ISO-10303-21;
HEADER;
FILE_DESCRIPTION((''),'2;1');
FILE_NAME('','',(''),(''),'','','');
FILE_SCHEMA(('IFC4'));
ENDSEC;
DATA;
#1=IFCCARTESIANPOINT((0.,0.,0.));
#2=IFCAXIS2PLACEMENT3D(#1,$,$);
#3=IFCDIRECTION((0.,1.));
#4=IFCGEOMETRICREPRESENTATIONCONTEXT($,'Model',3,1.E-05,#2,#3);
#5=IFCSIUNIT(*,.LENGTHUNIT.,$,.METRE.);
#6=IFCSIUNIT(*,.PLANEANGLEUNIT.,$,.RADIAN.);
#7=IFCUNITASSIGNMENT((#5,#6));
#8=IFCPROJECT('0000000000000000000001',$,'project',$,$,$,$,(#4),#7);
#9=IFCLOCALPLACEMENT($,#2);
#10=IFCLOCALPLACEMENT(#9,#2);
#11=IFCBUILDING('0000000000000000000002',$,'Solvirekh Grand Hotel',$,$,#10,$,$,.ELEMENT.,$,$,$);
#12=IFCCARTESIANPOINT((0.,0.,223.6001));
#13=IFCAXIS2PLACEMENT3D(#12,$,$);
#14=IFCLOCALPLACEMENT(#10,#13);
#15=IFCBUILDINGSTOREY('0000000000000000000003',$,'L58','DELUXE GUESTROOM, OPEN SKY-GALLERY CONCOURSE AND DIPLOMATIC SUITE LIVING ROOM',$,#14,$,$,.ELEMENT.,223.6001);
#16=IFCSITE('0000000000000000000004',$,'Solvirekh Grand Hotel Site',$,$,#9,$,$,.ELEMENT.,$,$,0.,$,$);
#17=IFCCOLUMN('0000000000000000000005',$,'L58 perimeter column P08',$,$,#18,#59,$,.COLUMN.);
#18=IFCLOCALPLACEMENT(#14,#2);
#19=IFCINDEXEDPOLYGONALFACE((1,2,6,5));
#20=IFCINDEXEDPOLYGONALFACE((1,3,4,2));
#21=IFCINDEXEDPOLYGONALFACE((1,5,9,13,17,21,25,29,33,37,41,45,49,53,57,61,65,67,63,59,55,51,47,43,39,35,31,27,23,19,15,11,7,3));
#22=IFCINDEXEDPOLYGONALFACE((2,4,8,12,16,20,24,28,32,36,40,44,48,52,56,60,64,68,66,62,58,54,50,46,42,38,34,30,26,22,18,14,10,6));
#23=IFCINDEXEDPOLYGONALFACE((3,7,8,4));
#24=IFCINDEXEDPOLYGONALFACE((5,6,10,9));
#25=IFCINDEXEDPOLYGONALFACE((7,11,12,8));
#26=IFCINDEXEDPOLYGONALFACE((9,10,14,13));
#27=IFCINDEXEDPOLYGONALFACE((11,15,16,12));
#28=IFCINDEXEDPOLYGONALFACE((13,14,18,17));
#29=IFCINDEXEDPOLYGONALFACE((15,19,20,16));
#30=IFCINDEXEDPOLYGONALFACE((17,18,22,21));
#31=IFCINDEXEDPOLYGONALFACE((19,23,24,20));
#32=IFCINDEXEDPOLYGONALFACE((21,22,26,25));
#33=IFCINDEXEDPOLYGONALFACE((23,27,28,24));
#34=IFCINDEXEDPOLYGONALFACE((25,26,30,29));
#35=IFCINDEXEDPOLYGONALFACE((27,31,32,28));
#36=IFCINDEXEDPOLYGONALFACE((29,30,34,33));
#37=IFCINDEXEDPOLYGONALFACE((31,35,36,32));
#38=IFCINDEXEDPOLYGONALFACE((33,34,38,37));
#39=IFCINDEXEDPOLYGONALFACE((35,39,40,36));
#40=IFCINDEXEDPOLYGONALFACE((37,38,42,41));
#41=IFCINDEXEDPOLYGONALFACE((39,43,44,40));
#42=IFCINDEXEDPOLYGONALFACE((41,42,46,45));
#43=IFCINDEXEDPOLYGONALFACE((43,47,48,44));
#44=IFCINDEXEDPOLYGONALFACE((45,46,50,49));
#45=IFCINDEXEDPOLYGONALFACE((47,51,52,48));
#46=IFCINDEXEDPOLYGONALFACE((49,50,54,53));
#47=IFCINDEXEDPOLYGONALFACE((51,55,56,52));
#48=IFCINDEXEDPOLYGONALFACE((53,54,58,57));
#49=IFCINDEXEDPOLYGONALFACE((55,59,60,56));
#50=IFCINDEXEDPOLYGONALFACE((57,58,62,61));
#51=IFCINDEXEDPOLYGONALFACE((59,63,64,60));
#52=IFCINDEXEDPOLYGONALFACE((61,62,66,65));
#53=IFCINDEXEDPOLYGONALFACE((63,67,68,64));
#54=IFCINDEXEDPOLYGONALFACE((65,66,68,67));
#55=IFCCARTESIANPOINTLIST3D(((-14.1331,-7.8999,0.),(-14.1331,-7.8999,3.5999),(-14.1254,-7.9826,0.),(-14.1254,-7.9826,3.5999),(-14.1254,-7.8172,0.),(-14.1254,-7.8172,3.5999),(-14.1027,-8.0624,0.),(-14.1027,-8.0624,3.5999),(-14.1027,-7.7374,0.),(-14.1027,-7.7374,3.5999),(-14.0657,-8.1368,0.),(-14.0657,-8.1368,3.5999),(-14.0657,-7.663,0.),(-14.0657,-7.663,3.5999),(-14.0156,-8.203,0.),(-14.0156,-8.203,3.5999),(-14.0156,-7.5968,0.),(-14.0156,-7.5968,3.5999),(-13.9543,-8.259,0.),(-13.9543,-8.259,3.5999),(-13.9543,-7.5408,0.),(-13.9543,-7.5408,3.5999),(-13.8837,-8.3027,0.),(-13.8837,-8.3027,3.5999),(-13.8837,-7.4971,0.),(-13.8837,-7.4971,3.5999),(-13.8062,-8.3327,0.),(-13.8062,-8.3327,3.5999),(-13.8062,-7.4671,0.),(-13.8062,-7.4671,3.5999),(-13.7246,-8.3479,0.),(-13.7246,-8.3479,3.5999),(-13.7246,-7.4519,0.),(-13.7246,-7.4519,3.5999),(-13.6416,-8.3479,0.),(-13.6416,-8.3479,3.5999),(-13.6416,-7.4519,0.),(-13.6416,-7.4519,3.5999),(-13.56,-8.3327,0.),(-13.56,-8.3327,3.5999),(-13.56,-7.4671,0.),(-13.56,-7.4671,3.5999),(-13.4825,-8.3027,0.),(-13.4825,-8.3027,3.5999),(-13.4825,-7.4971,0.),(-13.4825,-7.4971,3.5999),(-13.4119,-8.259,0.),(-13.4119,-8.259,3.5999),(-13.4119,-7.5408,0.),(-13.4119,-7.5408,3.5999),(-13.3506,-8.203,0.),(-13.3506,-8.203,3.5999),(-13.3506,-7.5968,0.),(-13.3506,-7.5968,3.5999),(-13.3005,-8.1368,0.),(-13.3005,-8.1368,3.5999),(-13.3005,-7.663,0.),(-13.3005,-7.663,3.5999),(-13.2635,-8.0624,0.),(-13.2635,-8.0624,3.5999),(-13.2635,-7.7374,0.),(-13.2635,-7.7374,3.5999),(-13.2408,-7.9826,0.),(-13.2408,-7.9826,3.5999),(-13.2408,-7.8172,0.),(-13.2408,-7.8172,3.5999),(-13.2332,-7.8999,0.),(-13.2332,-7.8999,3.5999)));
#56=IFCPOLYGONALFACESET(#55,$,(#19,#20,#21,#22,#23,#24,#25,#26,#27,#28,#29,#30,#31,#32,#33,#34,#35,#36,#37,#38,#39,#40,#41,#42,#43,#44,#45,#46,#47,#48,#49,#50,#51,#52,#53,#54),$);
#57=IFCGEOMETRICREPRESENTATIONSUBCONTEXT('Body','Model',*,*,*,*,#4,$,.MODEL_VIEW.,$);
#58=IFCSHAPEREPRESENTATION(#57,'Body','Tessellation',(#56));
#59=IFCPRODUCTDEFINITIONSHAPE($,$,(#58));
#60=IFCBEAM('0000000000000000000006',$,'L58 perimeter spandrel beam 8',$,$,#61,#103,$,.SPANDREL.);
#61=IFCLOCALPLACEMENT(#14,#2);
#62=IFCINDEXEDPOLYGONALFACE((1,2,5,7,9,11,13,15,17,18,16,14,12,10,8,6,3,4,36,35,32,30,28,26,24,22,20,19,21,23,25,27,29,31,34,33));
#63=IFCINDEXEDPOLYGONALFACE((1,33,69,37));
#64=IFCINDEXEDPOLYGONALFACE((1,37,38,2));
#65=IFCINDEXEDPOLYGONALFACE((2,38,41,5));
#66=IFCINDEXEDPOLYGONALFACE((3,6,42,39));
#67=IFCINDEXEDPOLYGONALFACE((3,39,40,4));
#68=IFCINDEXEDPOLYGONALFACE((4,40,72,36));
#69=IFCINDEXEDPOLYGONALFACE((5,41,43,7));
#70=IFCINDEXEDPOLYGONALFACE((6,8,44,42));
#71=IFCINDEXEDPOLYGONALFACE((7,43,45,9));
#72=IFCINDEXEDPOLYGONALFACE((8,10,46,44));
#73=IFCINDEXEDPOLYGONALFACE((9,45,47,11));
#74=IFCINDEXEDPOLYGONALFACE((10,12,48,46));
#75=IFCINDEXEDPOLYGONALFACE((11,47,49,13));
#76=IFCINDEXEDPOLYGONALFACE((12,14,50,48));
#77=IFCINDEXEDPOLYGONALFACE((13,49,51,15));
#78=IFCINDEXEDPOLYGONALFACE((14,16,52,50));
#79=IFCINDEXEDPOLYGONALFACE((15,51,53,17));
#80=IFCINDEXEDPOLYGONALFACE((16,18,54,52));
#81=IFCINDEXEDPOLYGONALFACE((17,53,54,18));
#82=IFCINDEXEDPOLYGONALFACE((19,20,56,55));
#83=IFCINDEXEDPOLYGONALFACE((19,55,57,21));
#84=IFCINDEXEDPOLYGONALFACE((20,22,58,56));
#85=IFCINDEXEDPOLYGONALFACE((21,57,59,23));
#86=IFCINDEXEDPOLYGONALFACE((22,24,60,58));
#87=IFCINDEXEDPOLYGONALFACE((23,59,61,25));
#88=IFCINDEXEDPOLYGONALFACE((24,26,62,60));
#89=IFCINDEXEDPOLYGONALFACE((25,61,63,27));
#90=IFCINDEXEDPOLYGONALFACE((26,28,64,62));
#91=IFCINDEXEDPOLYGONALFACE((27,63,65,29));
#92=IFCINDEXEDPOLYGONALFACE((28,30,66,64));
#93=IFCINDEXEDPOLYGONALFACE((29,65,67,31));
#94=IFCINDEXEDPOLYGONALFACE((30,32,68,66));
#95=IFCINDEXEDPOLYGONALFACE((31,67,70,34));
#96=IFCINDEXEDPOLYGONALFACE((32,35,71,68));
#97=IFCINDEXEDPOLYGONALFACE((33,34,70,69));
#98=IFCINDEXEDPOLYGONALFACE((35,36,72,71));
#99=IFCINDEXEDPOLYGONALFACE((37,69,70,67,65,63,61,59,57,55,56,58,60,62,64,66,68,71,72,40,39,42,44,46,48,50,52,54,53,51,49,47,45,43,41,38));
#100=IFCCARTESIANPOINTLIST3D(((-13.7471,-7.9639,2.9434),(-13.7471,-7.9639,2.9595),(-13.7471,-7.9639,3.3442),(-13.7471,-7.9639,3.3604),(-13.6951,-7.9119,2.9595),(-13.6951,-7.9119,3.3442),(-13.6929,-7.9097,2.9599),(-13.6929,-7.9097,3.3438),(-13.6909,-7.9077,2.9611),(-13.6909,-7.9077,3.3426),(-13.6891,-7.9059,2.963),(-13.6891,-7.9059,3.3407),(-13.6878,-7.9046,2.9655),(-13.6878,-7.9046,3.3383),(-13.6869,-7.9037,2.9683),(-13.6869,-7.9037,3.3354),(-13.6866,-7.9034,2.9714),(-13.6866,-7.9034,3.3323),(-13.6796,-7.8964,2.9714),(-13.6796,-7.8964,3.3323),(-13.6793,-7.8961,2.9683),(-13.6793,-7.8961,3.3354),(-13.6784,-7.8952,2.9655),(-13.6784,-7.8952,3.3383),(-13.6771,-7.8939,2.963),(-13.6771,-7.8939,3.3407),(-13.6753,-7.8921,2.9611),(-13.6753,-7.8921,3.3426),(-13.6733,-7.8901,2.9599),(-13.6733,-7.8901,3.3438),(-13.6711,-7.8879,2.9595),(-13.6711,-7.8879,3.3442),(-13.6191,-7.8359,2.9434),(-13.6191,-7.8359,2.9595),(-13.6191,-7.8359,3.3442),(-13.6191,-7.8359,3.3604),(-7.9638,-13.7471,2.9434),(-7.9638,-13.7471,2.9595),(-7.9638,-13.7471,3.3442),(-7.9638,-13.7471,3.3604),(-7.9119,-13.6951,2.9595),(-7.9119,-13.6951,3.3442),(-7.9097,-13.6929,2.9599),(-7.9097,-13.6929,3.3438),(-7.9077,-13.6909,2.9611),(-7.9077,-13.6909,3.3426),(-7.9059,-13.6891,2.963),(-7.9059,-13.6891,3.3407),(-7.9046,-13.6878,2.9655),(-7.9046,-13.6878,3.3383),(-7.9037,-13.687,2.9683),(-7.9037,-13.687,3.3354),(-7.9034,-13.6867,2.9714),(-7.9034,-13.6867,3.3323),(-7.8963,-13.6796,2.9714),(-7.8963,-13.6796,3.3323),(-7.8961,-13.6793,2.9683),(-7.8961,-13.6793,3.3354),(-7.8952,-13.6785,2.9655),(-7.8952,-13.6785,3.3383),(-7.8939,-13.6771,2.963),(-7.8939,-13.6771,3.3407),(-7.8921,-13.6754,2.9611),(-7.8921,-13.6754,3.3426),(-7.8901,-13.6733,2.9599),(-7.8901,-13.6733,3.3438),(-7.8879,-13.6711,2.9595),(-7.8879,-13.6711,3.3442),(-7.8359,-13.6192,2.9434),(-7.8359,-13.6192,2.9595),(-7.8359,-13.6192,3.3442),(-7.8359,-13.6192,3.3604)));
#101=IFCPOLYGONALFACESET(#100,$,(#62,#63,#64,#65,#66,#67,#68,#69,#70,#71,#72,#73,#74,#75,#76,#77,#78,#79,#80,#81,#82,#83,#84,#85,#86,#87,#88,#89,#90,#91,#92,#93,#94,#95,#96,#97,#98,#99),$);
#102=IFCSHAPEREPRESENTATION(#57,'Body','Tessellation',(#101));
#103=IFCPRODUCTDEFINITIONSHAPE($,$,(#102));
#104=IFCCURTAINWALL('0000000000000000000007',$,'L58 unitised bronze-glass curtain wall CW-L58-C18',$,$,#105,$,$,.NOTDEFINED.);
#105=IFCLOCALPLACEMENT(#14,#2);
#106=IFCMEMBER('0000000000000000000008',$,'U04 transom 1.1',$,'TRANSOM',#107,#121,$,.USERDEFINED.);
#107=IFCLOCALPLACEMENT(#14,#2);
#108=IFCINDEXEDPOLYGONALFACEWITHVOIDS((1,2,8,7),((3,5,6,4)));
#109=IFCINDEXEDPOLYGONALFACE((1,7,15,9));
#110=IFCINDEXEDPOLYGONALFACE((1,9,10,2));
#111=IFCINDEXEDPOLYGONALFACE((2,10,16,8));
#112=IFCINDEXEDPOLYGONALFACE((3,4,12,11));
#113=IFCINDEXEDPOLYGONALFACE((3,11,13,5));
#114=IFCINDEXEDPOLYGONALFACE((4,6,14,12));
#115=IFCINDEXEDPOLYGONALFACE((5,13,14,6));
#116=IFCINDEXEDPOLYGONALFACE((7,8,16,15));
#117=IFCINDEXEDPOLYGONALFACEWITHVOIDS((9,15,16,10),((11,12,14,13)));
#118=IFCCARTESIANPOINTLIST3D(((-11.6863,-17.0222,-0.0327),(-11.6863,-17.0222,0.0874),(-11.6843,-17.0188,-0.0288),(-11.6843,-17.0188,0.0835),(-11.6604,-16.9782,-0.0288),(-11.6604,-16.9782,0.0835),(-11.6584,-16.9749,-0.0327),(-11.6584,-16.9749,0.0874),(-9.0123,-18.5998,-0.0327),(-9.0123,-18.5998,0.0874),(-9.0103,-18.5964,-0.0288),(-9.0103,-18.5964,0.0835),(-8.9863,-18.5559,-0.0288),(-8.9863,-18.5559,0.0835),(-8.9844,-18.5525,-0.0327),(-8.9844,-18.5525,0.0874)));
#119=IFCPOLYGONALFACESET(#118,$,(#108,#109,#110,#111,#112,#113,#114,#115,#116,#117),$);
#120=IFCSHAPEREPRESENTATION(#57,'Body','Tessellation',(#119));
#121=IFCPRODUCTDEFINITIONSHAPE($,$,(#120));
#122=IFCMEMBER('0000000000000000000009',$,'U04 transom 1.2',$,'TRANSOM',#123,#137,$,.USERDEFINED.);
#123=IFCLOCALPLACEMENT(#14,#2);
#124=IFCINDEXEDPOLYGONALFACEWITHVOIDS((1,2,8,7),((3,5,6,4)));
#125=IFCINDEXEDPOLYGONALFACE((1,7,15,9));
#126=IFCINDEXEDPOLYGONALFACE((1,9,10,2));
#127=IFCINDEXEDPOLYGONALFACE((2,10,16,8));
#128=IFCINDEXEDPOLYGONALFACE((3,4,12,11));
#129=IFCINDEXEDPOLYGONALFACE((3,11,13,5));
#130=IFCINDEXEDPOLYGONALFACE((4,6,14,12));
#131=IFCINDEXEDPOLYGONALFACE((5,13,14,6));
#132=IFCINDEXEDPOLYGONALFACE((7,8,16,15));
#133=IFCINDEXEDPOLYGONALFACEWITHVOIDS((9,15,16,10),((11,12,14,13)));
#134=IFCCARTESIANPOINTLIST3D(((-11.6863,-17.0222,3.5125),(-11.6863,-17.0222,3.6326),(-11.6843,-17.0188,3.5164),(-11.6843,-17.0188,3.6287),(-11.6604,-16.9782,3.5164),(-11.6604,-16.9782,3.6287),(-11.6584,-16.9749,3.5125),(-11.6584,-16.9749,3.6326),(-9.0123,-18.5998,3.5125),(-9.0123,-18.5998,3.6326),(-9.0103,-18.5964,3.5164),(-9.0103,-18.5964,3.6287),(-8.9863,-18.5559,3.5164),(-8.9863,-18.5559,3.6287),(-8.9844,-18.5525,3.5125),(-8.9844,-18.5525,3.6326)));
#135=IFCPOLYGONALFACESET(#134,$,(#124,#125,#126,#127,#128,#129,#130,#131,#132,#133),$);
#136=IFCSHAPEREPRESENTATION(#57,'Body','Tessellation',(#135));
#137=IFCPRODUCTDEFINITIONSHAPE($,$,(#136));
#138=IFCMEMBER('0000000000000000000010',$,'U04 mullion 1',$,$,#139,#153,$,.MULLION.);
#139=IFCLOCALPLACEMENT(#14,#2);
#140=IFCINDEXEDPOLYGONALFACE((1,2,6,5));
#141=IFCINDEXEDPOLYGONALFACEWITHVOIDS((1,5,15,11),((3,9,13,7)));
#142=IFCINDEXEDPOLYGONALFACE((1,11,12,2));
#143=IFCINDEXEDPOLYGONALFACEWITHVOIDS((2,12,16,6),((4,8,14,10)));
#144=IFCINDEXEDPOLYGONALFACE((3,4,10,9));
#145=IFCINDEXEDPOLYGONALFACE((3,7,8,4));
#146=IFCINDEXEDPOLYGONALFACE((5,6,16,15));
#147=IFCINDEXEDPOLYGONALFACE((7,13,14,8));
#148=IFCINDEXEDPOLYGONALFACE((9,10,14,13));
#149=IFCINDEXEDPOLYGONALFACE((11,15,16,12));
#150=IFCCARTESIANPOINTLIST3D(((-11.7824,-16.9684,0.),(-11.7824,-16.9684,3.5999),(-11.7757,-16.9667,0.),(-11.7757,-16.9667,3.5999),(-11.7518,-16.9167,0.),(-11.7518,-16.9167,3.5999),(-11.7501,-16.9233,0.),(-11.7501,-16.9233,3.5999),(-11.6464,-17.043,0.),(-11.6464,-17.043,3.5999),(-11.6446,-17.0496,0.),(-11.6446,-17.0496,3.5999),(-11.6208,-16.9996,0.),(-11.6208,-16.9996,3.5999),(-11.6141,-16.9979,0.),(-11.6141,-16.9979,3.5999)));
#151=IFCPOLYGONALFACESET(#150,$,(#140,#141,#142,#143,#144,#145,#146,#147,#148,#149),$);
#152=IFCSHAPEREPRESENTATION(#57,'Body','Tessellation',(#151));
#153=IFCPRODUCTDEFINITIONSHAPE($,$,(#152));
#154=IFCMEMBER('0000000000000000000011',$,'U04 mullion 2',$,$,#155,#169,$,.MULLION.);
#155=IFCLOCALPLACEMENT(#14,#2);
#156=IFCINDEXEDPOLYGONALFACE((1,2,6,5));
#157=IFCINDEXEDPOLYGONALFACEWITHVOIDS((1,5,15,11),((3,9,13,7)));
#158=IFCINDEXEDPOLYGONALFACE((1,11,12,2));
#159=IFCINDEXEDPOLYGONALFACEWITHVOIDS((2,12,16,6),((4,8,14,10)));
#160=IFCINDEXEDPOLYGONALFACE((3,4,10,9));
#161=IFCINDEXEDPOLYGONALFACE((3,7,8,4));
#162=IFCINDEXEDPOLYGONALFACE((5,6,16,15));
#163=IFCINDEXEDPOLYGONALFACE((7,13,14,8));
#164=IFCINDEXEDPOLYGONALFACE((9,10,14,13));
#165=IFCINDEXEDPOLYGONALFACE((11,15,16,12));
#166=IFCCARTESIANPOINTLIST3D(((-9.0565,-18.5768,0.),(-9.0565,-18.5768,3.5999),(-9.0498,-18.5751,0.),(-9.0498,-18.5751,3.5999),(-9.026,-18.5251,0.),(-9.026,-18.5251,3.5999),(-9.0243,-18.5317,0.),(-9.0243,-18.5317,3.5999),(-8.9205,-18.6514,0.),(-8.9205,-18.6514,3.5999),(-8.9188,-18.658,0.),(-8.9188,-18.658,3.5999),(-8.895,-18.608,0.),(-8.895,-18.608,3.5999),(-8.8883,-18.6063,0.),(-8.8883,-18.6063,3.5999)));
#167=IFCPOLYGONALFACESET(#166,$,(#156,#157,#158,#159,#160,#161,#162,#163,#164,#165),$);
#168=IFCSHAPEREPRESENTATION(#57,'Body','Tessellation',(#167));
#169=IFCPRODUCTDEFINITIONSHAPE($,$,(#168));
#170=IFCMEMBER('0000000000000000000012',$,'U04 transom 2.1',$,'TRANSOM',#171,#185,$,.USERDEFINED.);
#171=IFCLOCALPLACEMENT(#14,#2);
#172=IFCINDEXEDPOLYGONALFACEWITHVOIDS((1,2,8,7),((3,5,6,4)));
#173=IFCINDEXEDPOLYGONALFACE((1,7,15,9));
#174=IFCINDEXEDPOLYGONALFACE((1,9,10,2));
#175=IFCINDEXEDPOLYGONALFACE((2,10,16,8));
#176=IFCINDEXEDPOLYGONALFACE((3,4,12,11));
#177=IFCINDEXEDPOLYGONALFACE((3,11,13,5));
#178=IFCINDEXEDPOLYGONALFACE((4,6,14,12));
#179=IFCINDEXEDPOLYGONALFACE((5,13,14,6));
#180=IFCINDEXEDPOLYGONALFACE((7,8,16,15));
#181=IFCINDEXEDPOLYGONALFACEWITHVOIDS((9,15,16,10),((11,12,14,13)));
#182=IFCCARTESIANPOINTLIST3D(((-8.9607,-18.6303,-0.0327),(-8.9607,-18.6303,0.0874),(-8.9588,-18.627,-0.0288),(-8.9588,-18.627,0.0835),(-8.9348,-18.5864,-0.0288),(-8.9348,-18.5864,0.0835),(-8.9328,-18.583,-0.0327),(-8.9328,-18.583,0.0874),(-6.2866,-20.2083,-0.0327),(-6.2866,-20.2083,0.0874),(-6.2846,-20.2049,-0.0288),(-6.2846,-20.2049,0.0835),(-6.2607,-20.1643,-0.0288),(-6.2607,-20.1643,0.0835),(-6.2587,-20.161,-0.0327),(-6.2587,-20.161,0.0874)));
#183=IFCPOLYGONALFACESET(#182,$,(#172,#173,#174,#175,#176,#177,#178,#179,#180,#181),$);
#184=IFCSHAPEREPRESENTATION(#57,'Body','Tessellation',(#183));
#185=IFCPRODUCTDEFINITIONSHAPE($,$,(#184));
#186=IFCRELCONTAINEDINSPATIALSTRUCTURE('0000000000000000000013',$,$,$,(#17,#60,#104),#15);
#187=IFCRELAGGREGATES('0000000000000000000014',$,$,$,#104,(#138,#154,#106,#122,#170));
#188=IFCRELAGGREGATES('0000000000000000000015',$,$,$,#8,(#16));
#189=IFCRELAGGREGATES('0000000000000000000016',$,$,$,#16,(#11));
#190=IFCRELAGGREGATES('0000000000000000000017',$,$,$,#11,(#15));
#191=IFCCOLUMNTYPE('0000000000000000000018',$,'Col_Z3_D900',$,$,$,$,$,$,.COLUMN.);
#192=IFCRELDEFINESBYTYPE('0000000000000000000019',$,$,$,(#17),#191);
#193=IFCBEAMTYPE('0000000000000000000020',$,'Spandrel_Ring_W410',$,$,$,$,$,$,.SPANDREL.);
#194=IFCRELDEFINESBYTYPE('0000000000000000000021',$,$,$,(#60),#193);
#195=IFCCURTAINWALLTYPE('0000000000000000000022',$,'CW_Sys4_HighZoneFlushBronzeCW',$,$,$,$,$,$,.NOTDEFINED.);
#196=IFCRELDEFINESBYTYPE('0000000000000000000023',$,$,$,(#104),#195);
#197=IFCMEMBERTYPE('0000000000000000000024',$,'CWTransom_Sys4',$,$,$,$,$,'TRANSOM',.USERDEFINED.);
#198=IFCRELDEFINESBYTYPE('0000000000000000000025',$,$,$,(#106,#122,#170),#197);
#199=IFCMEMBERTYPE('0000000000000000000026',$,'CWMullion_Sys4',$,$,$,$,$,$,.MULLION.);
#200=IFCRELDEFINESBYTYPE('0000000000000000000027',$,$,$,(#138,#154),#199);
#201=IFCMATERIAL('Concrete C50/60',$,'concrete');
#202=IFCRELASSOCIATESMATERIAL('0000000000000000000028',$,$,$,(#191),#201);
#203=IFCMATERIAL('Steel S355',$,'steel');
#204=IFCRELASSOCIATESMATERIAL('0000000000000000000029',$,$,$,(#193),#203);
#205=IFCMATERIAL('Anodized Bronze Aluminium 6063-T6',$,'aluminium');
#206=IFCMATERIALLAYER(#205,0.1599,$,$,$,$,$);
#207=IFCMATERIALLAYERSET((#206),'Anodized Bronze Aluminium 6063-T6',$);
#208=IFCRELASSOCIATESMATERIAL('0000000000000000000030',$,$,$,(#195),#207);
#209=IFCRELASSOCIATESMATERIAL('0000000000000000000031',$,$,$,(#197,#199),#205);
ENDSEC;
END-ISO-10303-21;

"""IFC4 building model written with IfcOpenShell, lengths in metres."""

from ifc_helpers import new_model, si_unit, direction, frame, origin, origin_2d, place, context, subcontext, project, spatial, hollow_rectangle, circle, i_section, extrude, source, transform, mapped, material, layer, layer_set, material_profile, profile_set, type_object, element, aggregate, save


model = new_model("IFC4")

# Units and contexts
model_context = context("Model", 3, precision=1e-05, world=origin(), true_north=direction((0.0, 1.0)))
body_context = subcontext(model_context, "Body", "Model", "MODEL_VIEW")
ifc_project = project(units=[si_unit("LENGTHUNIT", "METRE"), si_unit("PLANEANGLEUNIT", "RADIAN")], contexts=[model_context])

# Site, building, storey
site_placement = place(None, origin())
site = spatial("IfcSite", under=ifc_project, at=site_placement, Name="Solvirekh Grand Hotel Site", CompositionType="ELEMENT", RefElevation=0.0)
building_placement = place(site_placement, origin())
building = spatial("IfcBuilding", under=site, at=building_placement, Name="Solvirekh Grand Hotel", CompositionType="ELEMENT")
storey_placement = place(building_placement, frame((0.0, 0.0, 223.6001)))
storey = spatial("IfcBuildingStorey", under=building, at=storey_placement, Name="L58", Description="DELUXE GUESTROOM, OPEN SKY-GALLERY CONCOURSE AND DIPLOMATIC SUITE LIVING ROOM", CompositionType="ELEMENT", Elevation=223.6001)

# Column
ifc_material_1 = material(Name="Concrete C50/60", Category="concrete")
ifc_material_profile_1 = material_profile(ifc_material_1, circle(Radius=0.45, at=origin_2d()), Name="RC CIRC D900")
ifc_profile_set_1 = profile_set([ifc_material_profile_1], Name="Concrete C50/60")
column_type = type_object("IfcColumnType", Name="Col_Z3_D900", PredefinedType="COLUMN", material=ifc_profile_set_1)
column_placement = place(storey_placement, frame((-13.6831, -7.8999, 0.0), z_axis=(0.0, 0.0, 1.0), x_axis=(1.0, 0.0, 0.0)))
element("IfcColumn", 1, at=column_placement, inside=storey, type_object=column_type, Name="L58 perimeter column P08", PredefinedType="COLUMN", context=body_context, shape_type="SweptSolid", body=[
    extrude(circle(Radius=0.45, at=origin_2d()), origin(), (0.0, 0.0, 1.0), 3.5999),
])

# Beam
ifc_material_2 = material(Name="Steel S355", Category="steel")
ifc_material_profile_2 = material_profile(ifc_material_2, i_section(OverallWidth=0.1809, OverallDepth=0.417, WebThickness=0.01, FlangeThickness=0.0161, FilletRadius=0.012, at=origin_2d()), Name="W410X85")
ifc_profile_set_2 = profile_set([ifc_material_profile_2], Name="Steel S355")
beam_type = type_object("IfcBeamType", Name="Spandrel_Ring_W410", PredefinedType="SPANDREL", material=ifc_profile_set_2)
beam_placement = place(storey_placement, frame((-13.6831, -7.8999, 3.1519), z_axis=(0.707107, -0.707107, 0.0), x_axis=(0.707107, 0.707107, 0.0)))
element("IfcBeam", 2, at=beam_placement, inside=storey, type_object=beam_type, Name="L58 perimeter spandrel beam 8", PredefinedType="SPANDREL", context=body_context, shape_type="SweptSolid", body=[
    extrude(i_section(OverallWidth=0.1809, OverallDepth=0.417, WebThickness=0.01, FlangeThickness=0.0161, FilletRadius=0.012, at=origin_2d()), origin(), (0.0, 0.0, 1.0), 8.1787),
])

# Curtain wall, members
ifc_material_3 = material(Name="Anodized Bronze Aluminium 6063-T6", Category="aluminium")
ifc_layer_1 = layer(ifc_material_3, 0.1599)
ifc_layer_set_1 = layer_set([ifc_layer_1], Name="Anodized Bronze Aluminium 6063-T6")
curtain_wall_type = type_object("IfcCurtainWallType", Name="CW_Sys4_HighZoneFlushBronzeCW", PredefinedType="NOTDEFINED", material=ifc_layer_set_1)
curtain_wall_placement = place(storey_placement, origin())
curtain_wall = element("IfcCurtainWall", 3, at=curtain_wall_placement, inside=storey, type_object=curtain_wall_type, Name="L58 unitised bronze-glass curtain wall CW-L58-C18", PredefinedType="NOTDEFINED")
ifc_material_profile_3 = material_profile(ifc_material_3, hollow_rectangle(XDim=0.0549, YDim=0.1201, WallThickness=0.0039, at=origin_2d()), Name="ALU RHS 120X55X4")
ifc_profile_set_3 = profile_set([ifc_material_profile_3], Name="Anodized Bronze Aluminium 6063-T6")
member_type_1 = type_object("IfcMemberType", Name="CWTransom_Sys4", ElementType="TRANSOM", PredefinedType="USERDEFINED", material=ifc_profile_set_3)
shared_shape_1 = source(origin(), body_context, "Body", "SweptSolid", [
    extrude(hollow_rectangle(XDim=0.0549, YDim=0.1201, WallThickness=0.0039, at=origin_2d()), origin(), (0.0, 0.0, 1.0), 3.1047),
])
member_1_placement = place(storey_placement, frame((-11.6724, -16.9985, 0.0273), z_axis=(0.861279, -0.508133, 0.0), x_axis=(0.508133, 0.861279, 0.0)))
member_1 = element("IfcMember", 4, at=member_1_placement, type_object=member_type_1, Name="U04 transom 1.1", ObjectType="TRANSOM", PredefinedType="USERDEFINED", context=body_context, shape_type="MappedRepresentation", body=[
    mapped(shared_shape_1, transform((0.0, 0.0, 0.0), x_axis=(1.0, 0.0, 0.0), y_axis=(0.0, 1.0, 0.0), z_axis=(0.0, 0.0, 1.0), scale=1.0)),
])
member_2_placement = place(storey_placement, frame((-11.6724, -16.9985, 3.5725), z_axis=(0.861279, -0.508133, 0.0), x_axis=(0.508133, 0.861279, 0.0)))
member_2 = element("IfcMember", 5, at=member_2_placement, type_object=member_type_1, Name="U04 transom 1.2", ObjectType="TRANSOM", PredefinedType="USERDEFINED", context=body_context, shape_type="MappedRepresentation", body=[
    mapped(shared_shape_1, transform((0.0, 0.0, 0.0), x_axis=(1.0, 0.0, 0.0), y_axis=(0.0, 1.0, 0.0), z_axis=(0.0, 0.0, 1.0), scale=1.0)),
])
ifc_material_profile_4 = material_profile(ifc_material_3, hollow_rectangle(XDim=0.0601, YDim=0.1599, WallThickness=0.0049, at=origin_2d()), Name="ALU RHS 160X60X5")
ifc_profile_set_4 = profile_set([ifc_material_profile_4], Name="Anodized Bronze Aluminium 6063-T6")
member_type_2 = type_object("IfcMemberType", Name="CWMullion_Sys4", PredefinedType="MULLION", material=ifc_profile_set_4)
shared_shape_2 = source(origin(), body_context, "Body", "SweptSolid", [
    extrude(hollow_rectangle(XDim=0.0601, YDim=0.1599, WallThickness=0.0049, at=origin_2d()), origin(), (0.0, 0.0, 1.0), 3.5999),
])
member_3_placement = place(storey_placement, frame((-11.6982, -16.9832, 0.0), z_axis=(0.0, 0.0, 1.0), x_axis=(0.508176, 0.861254, 0.0)))
member_3 = element("IfcMember", 6, at=member_3_placement, type_object=member_type_2, Name="U04 mullion 1", PredefinedType="MULLION", context=body_context, shape_type="MappedRepresentation", body=[
    mapped(shared_shape_2, transform((0.0, 0.0, 0.0), x_axis=(1.0, 0.0, 0.0), y_axis=(0.0, 1.0, 0.0), z_axis=(0.0, 0.0, 1.0), scale=1.0)),
])
member_4_placement = place(storey_placement, frame((-8.9724, -18.5916, 0.0), z_axis=(0.0, 0.0, 1.0), x_axis=(0.508176, 0.861254, 0.0)))
member_4 = element("IfcMember", 7, at=member_4_placement, type_object=member_type_2, Name="U04 mullion 2", PredefinedType="MULLION", context=body_context, shape_type="MappedRepresentation", body=[
    mapped(shared_shape_2, transform((0.0, 0.0, 0.0), x_axis=(1.0, 0.0, 0.0), y_axis=(0.0, 1.0, 0.0), z_axis=(0.0, 0.0, 1.0), scale=1.0)),
])
shared_shape_3 = source(origin(), body_context, "Body", "SweptSolid", [
    extrude(hollow_rectangle(XDim=0.0549, YDim=0.1201, WallThickness=0.0039, at=origin_2d()), origin(), (0.0, 0.0, 1.0), 3.105),
])
member_5_placement = place(storey_placement, frame((-8.9468, -18.6067, 0.0273), z_axis=(0.861244, -0.508191, 0.0), x_axis=(0.508191, 0.861244, 0.0)))
member_5 = element("IfcMember", 8, at=member_5_placement, type_object=member_type_1, Name="U04 transom 2.1", ObjectType="TRANSOM", PredefinedType="USERDEFINED", context=body_context, shape_type="MappedRepresentation", body=[
    mapped(shared_shape_3, transform((0.0, 0.0, 0.0), x_axis=(1.0, 0.0, 0.0), y_axis=(0.0, 1.0, 0.0), z_axis=(0.0, 0.0, 1.0), scale=1.0)),
])
aggregate(curtain_wall, [member_3, member_4, member_1, member_2, member_5])

save(model, "model.ifc")
